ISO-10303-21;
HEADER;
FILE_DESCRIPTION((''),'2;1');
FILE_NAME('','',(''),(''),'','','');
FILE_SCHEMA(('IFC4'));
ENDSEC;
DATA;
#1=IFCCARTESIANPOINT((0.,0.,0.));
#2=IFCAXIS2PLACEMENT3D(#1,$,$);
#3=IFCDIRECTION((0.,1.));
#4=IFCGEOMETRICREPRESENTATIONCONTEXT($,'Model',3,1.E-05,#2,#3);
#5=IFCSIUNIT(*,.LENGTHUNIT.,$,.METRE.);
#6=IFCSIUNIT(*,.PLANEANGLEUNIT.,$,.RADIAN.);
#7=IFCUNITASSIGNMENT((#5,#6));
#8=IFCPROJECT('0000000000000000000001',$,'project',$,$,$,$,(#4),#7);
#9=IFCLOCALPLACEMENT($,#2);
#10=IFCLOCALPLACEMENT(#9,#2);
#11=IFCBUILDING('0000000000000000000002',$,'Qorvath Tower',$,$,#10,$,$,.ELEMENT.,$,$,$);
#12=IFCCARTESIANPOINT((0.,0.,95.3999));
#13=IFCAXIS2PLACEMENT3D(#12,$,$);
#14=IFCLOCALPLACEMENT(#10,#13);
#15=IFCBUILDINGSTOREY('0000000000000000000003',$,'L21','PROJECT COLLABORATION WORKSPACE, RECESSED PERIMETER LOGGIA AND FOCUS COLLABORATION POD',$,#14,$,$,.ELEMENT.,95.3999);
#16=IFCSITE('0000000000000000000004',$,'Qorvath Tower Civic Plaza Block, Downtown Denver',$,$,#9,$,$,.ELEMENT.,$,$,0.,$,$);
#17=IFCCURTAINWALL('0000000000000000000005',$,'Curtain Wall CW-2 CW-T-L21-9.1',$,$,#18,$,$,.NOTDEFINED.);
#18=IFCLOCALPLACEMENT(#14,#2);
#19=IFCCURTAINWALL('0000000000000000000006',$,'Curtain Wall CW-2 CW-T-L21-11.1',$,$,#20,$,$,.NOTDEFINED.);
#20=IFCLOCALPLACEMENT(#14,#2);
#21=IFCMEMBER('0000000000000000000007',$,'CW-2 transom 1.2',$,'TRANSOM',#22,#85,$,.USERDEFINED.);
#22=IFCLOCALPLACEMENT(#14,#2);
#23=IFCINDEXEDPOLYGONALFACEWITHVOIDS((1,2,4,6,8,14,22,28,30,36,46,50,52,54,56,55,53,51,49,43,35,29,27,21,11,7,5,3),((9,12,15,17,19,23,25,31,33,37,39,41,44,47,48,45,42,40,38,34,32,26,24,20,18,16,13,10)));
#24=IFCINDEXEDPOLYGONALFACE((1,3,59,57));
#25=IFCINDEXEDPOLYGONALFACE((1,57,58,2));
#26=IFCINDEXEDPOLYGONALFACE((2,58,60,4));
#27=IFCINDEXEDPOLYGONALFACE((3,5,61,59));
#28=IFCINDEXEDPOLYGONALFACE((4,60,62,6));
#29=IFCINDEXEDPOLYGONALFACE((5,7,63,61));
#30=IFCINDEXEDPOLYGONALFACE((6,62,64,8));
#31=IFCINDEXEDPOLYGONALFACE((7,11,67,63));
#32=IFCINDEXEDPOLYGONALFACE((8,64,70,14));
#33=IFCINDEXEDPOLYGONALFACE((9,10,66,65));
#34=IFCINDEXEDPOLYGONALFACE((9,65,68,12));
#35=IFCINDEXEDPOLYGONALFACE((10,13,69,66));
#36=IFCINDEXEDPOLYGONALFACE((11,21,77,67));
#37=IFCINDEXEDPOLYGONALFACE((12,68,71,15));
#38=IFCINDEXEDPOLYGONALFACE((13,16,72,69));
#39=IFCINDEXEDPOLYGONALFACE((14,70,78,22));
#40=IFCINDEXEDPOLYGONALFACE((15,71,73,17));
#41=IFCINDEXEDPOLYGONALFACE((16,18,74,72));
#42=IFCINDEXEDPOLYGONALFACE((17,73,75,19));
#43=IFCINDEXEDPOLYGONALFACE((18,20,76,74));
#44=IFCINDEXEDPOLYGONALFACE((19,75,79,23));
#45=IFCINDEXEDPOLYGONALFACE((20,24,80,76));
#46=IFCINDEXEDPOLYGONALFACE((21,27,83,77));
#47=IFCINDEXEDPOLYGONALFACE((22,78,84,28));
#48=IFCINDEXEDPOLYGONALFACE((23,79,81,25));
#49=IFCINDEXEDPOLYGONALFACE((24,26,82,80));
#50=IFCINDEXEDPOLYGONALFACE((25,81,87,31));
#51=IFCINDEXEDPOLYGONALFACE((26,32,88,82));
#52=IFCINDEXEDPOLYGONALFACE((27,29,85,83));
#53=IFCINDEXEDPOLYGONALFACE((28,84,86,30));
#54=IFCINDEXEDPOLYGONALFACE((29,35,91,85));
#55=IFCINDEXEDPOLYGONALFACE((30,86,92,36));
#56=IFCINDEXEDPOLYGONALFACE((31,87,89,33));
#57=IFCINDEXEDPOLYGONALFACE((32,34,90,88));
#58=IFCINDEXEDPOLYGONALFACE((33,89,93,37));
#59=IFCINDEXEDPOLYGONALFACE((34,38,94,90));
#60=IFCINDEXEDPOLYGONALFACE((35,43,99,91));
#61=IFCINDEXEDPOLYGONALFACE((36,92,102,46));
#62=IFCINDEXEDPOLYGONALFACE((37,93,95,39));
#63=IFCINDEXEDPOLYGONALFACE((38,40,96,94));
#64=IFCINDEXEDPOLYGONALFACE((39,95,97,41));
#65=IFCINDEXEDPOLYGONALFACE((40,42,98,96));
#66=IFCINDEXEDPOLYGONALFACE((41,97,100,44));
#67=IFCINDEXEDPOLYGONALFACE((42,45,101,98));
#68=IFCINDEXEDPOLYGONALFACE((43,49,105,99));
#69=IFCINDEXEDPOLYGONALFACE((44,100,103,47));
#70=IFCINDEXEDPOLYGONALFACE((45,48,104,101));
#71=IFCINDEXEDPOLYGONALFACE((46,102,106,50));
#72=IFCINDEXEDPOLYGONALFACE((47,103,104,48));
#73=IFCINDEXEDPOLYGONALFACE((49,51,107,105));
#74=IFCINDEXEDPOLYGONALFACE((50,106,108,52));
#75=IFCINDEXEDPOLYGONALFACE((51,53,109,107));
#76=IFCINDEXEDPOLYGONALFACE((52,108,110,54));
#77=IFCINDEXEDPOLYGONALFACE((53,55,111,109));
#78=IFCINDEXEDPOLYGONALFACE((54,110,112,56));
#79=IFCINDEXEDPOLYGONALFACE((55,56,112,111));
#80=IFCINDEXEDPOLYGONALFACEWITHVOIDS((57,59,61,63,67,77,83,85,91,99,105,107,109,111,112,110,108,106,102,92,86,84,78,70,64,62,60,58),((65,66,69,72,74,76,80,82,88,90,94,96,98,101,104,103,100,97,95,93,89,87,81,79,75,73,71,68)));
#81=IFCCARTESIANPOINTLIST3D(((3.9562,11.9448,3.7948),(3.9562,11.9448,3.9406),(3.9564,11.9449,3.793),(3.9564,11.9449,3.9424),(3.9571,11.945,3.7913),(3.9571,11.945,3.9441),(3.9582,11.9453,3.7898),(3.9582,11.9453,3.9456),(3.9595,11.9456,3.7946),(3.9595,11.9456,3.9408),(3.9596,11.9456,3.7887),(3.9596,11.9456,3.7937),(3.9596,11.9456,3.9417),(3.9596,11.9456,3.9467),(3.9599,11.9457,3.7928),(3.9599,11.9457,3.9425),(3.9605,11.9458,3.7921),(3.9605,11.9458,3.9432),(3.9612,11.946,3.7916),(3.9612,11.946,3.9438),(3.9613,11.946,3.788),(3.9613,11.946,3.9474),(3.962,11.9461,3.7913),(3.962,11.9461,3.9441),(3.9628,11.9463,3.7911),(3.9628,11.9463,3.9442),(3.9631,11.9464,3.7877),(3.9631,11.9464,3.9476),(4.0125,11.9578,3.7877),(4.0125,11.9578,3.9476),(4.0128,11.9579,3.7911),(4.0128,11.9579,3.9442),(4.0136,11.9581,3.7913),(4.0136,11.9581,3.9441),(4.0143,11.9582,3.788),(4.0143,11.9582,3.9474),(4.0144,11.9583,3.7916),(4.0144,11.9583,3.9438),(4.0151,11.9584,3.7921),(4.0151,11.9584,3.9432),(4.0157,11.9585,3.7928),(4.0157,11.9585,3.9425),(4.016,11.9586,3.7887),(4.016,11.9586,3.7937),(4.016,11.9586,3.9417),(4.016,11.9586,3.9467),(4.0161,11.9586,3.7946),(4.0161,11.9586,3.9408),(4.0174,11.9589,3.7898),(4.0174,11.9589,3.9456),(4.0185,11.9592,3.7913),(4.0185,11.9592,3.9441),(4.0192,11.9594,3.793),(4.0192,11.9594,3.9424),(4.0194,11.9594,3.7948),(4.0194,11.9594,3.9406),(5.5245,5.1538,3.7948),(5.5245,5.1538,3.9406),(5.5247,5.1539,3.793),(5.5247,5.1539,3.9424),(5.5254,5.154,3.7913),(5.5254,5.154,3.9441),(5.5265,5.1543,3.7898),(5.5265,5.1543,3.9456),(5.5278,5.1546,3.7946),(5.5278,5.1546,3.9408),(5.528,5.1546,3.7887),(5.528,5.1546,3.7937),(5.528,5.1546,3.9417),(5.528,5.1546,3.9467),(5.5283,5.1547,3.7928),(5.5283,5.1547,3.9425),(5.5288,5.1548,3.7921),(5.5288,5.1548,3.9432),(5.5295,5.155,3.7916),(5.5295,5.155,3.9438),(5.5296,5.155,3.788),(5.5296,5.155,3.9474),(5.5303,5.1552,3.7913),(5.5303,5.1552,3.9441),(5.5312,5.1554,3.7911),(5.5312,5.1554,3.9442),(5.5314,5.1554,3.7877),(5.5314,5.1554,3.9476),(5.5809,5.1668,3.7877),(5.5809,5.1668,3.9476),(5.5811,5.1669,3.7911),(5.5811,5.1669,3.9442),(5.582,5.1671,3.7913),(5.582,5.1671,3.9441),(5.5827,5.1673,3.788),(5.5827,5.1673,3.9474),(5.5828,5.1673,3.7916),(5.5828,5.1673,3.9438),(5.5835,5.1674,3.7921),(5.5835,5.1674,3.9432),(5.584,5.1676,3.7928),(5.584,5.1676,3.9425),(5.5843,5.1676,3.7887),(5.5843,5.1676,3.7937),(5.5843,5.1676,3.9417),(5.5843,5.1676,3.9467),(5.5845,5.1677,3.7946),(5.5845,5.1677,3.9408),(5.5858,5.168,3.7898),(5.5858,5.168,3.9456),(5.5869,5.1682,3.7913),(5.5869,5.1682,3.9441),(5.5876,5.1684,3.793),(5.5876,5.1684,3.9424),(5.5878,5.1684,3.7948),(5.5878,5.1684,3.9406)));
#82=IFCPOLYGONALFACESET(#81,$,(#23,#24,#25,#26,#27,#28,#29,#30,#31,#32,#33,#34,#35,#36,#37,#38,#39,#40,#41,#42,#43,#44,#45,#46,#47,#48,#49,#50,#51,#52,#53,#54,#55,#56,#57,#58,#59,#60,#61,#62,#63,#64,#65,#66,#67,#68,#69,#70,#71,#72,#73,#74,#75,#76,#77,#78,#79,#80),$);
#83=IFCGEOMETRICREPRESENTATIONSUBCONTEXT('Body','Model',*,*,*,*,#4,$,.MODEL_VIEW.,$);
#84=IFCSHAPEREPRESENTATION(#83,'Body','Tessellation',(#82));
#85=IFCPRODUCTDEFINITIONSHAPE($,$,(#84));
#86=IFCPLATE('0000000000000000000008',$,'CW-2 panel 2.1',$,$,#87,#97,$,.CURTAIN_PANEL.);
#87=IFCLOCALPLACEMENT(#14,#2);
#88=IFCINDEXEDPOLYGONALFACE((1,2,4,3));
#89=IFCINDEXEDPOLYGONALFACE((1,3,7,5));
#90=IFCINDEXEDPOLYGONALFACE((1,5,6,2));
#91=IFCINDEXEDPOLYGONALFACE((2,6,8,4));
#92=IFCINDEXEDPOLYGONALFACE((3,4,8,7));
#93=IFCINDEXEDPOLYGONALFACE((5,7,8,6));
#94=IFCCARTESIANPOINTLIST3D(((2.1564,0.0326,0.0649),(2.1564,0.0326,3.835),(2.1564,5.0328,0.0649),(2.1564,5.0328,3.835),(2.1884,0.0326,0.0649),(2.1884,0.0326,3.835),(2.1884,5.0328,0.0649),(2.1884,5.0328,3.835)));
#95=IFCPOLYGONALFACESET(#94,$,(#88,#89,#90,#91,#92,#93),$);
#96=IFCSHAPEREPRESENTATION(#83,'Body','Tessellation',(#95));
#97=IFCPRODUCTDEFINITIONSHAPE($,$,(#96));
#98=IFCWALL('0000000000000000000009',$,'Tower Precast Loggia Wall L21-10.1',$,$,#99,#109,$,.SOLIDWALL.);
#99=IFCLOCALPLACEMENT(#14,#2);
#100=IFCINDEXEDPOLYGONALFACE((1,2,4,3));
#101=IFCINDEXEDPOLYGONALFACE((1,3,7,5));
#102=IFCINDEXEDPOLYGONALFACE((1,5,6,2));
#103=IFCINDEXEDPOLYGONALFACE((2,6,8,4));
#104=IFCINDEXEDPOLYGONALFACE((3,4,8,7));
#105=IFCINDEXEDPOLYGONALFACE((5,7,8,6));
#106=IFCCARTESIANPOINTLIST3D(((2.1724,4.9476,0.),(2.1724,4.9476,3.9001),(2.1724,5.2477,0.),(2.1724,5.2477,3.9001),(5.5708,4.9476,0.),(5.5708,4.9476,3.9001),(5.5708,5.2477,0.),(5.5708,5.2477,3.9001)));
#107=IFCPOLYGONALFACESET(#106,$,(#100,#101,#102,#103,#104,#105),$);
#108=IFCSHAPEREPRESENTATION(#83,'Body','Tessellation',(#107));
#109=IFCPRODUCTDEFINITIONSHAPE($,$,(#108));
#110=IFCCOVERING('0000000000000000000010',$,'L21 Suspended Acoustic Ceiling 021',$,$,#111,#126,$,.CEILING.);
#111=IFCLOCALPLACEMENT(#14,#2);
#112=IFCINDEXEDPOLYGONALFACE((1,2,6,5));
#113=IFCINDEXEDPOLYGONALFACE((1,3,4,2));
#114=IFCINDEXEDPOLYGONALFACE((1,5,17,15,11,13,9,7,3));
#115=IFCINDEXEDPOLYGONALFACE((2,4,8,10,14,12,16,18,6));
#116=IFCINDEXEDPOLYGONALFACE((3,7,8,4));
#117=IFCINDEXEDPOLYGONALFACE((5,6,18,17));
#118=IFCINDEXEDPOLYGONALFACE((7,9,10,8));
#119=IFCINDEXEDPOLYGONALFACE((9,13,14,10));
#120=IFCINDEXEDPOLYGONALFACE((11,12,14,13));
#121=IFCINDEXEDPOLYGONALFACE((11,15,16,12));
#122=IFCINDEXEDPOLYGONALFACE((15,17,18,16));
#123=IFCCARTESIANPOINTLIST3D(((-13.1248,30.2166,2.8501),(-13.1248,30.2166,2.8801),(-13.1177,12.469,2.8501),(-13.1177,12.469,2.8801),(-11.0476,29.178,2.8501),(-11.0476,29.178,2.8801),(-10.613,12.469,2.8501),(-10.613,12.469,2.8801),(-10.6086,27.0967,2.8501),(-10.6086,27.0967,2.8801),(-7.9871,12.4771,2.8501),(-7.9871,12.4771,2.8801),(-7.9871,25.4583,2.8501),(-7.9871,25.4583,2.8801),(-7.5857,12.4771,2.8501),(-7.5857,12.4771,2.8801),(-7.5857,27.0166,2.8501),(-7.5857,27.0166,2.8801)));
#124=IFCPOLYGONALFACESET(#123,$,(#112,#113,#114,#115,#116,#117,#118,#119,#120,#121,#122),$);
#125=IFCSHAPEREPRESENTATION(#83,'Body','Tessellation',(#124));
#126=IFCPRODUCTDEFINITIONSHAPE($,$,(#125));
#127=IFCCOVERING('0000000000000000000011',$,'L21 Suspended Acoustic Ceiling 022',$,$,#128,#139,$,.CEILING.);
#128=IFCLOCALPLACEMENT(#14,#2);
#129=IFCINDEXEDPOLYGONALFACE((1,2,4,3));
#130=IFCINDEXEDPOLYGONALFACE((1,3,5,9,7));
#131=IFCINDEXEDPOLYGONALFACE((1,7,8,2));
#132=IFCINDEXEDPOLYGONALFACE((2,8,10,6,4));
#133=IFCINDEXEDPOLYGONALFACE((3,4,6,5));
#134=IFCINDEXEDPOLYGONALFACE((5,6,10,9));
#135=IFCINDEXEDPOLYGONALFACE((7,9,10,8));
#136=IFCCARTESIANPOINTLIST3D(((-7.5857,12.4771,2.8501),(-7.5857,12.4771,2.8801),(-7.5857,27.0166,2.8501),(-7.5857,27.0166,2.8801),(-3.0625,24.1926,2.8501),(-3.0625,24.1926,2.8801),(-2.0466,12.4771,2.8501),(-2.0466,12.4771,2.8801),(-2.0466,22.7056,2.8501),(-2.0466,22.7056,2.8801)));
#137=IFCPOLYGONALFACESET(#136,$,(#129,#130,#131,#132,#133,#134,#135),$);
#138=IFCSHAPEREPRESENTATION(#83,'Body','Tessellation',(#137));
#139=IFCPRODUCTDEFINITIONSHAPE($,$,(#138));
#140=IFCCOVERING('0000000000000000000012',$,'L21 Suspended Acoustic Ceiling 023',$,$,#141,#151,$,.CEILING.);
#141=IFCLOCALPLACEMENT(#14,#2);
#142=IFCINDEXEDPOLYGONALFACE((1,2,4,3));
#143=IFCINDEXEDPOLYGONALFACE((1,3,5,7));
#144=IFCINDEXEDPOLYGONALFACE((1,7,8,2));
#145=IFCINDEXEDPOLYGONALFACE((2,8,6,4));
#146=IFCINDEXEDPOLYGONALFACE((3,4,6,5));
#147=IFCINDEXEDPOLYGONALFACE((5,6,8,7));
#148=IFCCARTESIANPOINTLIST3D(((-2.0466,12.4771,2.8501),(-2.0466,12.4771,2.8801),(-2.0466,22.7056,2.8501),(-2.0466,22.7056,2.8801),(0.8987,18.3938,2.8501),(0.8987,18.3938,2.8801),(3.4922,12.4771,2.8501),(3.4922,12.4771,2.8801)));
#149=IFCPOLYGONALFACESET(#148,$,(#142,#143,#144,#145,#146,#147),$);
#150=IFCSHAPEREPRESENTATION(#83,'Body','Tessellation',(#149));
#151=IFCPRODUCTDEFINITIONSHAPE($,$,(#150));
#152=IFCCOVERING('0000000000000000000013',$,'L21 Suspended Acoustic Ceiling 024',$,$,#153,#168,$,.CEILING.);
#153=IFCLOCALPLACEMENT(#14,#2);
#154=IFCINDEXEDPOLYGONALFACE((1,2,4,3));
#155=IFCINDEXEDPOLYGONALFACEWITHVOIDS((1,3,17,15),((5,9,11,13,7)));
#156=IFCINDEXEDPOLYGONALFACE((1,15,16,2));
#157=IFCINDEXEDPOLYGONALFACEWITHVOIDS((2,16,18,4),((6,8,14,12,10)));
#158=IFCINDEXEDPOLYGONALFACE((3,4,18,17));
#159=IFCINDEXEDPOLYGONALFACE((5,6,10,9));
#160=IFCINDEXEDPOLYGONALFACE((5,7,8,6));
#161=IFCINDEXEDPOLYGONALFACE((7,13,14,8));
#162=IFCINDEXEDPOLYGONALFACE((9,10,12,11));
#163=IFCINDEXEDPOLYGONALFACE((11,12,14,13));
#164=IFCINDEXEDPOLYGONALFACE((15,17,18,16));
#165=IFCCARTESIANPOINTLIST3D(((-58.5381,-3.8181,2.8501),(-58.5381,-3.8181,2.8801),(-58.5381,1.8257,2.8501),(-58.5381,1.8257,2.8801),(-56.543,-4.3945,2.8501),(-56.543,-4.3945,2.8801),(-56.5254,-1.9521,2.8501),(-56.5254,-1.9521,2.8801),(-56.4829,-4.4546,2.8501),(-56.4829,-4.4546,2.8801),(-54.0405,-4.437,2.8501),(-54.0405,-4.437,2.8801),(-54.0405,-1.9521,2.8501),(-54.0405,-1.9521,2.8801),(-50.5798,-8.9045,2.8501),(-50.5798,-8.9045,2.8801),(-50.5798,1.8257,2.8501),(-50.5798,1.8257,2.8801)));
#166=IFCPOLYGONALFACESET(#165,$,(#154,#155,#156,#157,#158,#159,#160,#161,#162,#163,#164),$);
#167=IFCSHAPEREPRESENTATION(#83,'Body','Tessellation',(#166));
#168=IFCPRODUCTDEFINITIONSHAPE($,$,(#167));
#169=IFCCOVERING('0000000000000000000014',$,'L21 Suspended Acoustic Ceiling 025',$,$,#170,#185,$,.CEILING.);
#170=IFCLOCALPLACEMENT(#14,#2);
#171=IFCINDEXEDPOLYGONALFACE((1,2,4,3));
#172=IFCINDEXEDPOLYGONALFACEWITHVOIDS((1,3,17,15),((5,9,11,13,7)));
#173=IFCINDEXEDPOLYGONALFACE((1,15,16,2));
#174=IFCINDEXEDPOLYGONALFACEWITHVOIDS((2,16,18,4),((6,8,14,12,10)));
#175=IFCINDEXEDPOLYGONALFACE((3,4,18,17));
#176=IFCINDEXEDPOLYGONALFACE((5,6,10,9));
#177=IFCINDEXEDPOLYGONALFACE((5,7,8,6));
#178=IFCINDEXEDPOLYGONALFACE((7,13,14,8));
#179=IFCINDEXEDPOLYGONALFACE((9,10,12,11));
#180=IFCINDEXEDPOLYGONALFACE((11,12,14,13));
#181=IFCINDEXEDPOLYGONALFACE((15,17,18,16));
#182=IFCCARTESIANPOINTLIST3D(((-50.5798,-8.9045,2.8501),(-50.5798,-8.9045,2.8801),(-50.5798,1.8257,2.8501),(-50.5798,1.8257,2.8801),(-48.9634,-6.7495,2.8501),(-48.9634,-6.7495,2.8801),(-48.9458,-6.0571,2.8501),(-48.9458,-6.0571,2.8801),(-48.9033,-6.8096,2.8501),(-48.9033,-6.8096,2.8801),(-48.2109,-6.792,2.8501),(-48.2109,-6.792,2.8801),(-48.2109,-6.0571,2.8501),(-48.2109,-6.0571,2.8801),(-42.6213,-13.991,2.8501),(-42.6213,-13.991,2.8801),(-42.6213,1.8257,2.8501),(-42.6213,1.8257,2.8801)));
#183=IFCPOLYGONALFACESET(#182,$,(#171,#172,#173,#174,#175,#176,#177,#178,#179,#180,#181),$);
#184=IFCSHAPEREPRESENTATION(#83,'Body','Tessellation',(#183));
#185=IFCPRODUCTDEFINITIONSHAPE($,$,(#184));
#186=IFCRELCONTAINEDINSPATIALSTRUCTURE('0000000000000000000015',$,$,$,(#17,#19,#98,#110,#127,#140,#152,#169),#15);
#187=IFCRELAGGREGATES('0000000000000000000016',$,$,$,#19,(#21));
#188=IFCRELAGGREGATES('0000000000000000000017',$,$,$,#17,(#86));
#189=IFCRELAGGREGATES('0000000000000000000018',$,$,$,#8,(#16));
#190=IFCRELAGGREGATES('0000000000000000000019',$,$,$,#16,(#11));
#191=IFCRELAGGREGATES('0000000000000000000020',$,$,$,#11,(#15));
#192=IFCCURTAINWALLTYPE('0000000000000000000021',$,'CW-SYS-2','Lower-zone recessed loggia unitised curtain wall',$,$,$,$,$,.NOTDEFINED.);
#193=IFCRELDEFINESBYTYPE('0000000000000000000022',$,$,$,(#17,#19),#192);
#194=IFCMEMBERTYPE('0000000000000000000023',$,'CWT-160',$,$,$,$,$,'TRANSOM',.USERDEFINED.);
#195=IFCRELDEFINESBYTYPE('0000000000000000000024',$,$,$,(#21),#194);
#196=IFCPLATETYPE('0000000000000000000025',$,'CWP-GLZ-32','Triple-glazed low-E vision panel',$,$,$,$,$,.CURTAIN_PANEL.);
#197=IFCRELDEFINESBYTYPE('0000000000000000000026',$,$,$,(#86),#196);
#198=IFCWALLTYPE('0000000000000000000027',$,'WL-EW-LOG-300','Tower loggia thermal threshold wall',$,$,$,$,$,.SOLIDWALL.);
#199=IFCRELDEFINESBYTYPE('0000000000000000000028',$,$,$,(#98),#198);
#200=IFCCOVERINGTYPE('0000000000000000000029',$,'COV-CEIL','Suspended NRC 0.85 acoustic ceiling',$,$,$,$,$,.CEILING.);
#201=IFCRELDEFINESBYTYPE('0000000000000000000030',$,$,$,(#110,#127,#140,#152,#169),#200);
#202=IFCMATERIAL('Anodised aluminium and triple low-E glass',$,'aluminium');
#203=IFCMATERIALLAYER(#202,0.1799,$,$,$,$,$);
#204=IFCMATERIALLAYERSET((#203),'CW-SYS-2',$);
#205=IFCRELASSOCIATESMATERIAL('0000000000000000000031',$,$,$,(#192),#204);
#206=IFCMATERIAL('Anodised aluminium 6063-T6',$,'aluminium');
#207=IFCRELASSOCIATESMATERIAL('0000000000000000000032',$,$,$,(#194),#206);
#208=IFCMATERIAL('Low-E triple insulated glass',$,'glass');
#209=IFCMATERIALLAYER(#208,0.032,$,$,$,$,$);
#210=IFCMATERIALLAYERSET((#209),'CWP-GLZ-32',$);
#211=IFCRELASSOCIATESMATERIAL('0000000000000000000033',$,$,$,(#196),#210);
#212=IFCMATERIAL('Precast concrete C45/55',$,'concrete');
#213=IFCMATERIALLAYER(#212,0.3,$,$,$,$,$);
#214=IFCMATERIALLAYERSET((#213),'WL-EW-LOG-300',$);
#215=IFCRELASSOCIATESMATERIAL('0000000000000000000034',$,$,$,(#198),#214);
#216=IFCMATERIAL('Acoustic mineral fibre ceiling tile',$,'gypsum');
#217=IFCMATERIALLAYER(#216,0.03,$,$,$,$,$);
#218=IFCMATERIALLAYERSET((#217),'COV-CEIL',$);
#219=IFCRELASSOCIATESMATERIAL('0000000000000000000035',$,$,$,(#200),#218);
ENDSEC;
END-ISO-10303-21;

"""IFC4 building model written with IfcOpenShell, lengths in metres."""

from ifc_helpers import new_model, si_unit, direction, frame, frame_2d, origin, origin_2d, place, context, subcontext, project, spatial, polyline, rectangle, hollow_rectangle, outline, extrude, material, layer, layer_set, material_profile, profile_set, type_object, element, aggregate, save


model = new_model("IFC4")

# Units and contexts
model_context = context("Model", 3, precision=1e-05, world=origin(), true_north=direction((0.0, 1.0)))
body_context = subcontext(model_context, "Body", "Model", "MODEL_VIEW")
ifc_project = project(units=[si_unit("LENGTHUNIT", "METRE"), si_unit("PLANEANGLEUNIT", "RADIAN")], contexts=[model_context])

# Site, building, storey
site_placement = place(None, origin())
site = spatial("IfcSite", under=ifc_project, at=site_placement, Name="Qorvath Tower Civic Plaza Block, Downtown Denver", CompositionType="ELEMENT", RefElevation=0.0)
building_placement = place(site_placement, origin())
building = spatial("IfcBuilding", under=site, at=building_placement, Name="Qorvath Tower", CompositionType="ELEMENT")
storey_placement = place(building_placement, frame((0.0, 0.0, 95.3999)))
storey = spatial("IfcBuildingStorey", under=building, at=storey_placement, Name="L21", Description="PROJECT COLLABORATION WORKSPACE, RECESSED PERIMETER LOGGIA AND FOCUS COLLABORATION POD", CompositionType="ELEMENT", Elevation=95.3999)

# Curtain wall
ifc_material_1 = material(Name="Anodised aluminium and triple low-E glass", Category="aluminium")
ifc_layer_1 = layer(ifc_material_1, 0.1799)
ifc_layer_set_1 = layer_set([ifc_layer_1], Name="CW-SYS-2")
curtain_wall_type = type_object("IfcCurtainWallType", Name="CW-SYS-2", Description="Lower-zone recessed loggia unitised curtain wall", PredefinedType="NOTDEFINED", material=ifc_layer_set_1)
curtain_wall_1_placement = place(storey_placement, origin())
curtain_wall_1 = element("IfcCurtainWall", 1, at=curtain_wall_1_placement, inside=storey, type_object=curtain_wall_type, Name="Curtain Wall CW-2 CW-T-L21-9.1", PredefinedType="NOTDEFINED")

# Curtain wall
curtain_wall_2_placement = place(storey_placement, origin())
curtain_wall_2 = element("IfcCurtainWall", 2, at=curtain_wall_2_placement, inside=storey, type_object=curtain_wall_type, Name="Curtain Wall CW-2 CW-T-L21-11.1", PredefinedType="NOTDEFINED")

# Member
ifc_material_2 = material(Name="Anodised aluminium 6063-T6", Category="aluminium")
ifc_material_profile_1 = material_profile(ifc_material_2, hollow_rectangle(XDim=0.0649, YDim=0.1599, WallThickness=0.0034, InnerFilletRadius=0.0034, OuterFilletRadius=0.0071, at=origin_2d()), Name="CWT 160x65")
ifc_profile_set_1 = profile_set([ifc_material_profile_1], Name="Anodised aluminium 6063-T6")
member_type_1 = type_object("IfcMemberType", Name="CWT-160", ElementType="TRANSOM", PredefinedType="USERDEFINED", material=ifc_profile_set_1)
member_1_placement = place(storey_placement, frame((5.5562, 5.1611, 3.8677), z_axis=(-0.225023, 0.974353, 0.0), x_axis=(-0.974353, -0.225023, 0.0)))
member_1 = element("IfcMember", 3, at=member_1_placement, type_object=member_type_1, Name="CW-2 transom 1.2", ObjectType="TRANSOM", PredefinedType="USERDEFINED", context=body_context, shape_type="SweptSolid", body=[
    extrude(hollow_rectangle(XDim=0.0649, YDim=0.1599, WallThickness=0.0034, InnerFilletRadius=0.0034, OuterFilletRadius=0.0071, at=origin_2d()), origin(), (0.0, 0.0, 1.0), 6.9697),
])
aggregate(curtain_wall_2, [member_1])

# Plate
ifc_material_3 = material(Name="Low-E triple insulated glass", Category="glass")
ifc_layer_2 = layer(ifc_material_3, 0.032)
ifc_layer_set_2 = layer_set([ifc_layer_2], Name="CWP-GLZ-32")
plate_type = type_object("IfcPlateType", Name="CWP-GLZ-32", Description="Triple-glazed low-E vision panel", PredefinedType="CURTAIN_PANEL", material=ifc_layer_set_2)
plate_placement = place(storey_placement, frame((2.1724, 2.5327, 0.0649), z_axis=(0.0, 0.0, 1.0), x_axis=(0.0, 1.0, 0.0)))
plate = element("IfcPlate", 4, at=plate_placement, type_object=plate_type, Name="CW-2 panel 2.1", PredefinedType="CURTAIN_PANEL", context=body_context, shape_type="SweptSolid", body=[
    extrude(rectangle(XDim=5.0002, YDim=0.032, at=origin_2d()), origin(), (0.0, 0.0, 1.0), 3.77),
])
aggregate(curtain_wall_1, [plate])

# Wall
ifc_material_4 = material(Name="Precast concrete C45/55", Category="concrete")
ifc_layer_3 = layer(ifc_material_4, 0.3)
ifc_layer_set_3 = layer_set([ifc_layer_3], Name="WL-EW-LOG-300")
wall_type = type_object("IfcWallType", Name="WL-EW-LOG-300", Description="Tower loggia thermal threshold wall", PredefinedType="SOLIDWALL", material=ifc_layer_set_3)
wall_placement = place(storey_placement, frame((2.1724, 5.0977, 0.0), z_axis=(0.0, 0.0, 1.0), x_axis=(1.0, 0.0, 0.0)))
element("IfcWall", 5, at=wall_placement, inside=storey, type_object=wall_type, Name="Tower Precast Loggia Wall L21-10.1", PredefinedType="SOLIDWALL", context=body_context, shape_type="SweptSolid", body=[
    extrude(rectangle(XDim=3.3984, YDim=0.3, at=frame_2d((1.6992, 0.0))), origin(), (0.0, 0.0, 1.0), 3.9001),
])

# Coverings
ifc_material_5 = material(Name="Acoustic mineral fibre ceiling tile", Category="gypsum")
ifc_layer_4 = layer(ifc_material_5, 0.03)
ifc_layer_set_4 = layer_set([ifc_layer_4], Name="COV-CEIL")
covering_type_1 = type_object("IfcCoveringType", Name="COV-CEIL", Description="Suspended NRC 0.85 acoustic ceiling", PredefinedType="CEILING", material=ifc_layer_set_4)
covering_1_placement = place(storey_placement, frame((0.0, 0.0, 2.8501)))
element("IfcCovering", 6, at=covering_1_placement, inside=storey, type_object=covering_type_1, Name="L21 Suspended Acoustic Ceiling 021", PredefinedType="CEILING", context=body_context, shape_type="SweptSolid", body=[
    extrude(outline(polyline([(-7.9871, 12.4771), (-7.5857, 12.4771), (-7.5857, 27.0166), (-11.0476, 29.178), (-13.1248, 30.2166), (-13.1177, 12.469), (-10.613, 12.469), (-10.6086, 27.0967), (-7.9871, 25.4583), (-7.9871, 12.4771)])), origin(), (0.0, 0.0, 1.0), 0.03),
])
covering_2_placement = place(storey_placement, frame((0.0, 0.0, 2.8501)))
element("IfcCovering", 7, at=covering_2_placement, inside=storey, type_object=covering_type_1, Name="L21 Suspended Acoustic Ceiling 022", PredefinedType="CEILING", context=body_context, shape_type="SweptSolid", body=[
    extrude(outline(polyline([(-7.5857, 27.0166), (-7.5857, 12.4771), (-2.0466, 12.4771), (-2.0466, 22.7056), (-3.0625, 24.1926), (-7.5857, 27.0166)])), origin(), (0.0, 0.0, 1.0), 0.03),
])
covering_3_placement = place(storey_placement, frame((0.0, 0.0, 2.8501)))
element("IfcCovering", 8, at=covering_3_placement, inside=storey, type_object=covering_type_1, Name="L21 Suspended Acoustic Ceiling 023", PredefinedType="CEILING", context=body_context, shape_type="SweptSolid", body=[
    extrude(outline(polyline([(-2.0466, 22.7056), (-2.0466, 12.4771), (3.4922, 12.4771), (0.8987, 18.3938), (-2.0466, 22.7056)])), origin(), (0.0, 0.0, 1.0), 0.03),
])
covering_4_placement = place(storey_placement, frame((0.0, 0.0, 2.8501)))
element("IfcCovering", 9, at=covering_4_placement, inside=storey, type_object=covering_type_1, Name="L21 Suspended Acoustic Ceiling 024", PredefinedType="CEILING", context=body_context, shape_type="SweptSolid", body=[
    extrude(outline(polyline([(-58.5381, 1.8257), (-58.5381, -3.8181), (-50.5798, -8.9045), (-50.5798, 1.8257), (-58.5381, 1.8257)]), holes=[polyline([(-56.543, -4.3945), (-56.5254, -1.9521), (-54.0405, -1.9521), (-54.0405, -4.437), (-56.4829, -4.4546), (-56.543, -4.3945)])]), origin(), (0.0, 0.0, 1.0), 0.03),
])
covering_5_placement = place(storey_placement, frame((0.0, 0.0, 2.8501)))
element("IfcCovering", 10, at=covering_5_placement, inside=storey, type_object=covering_type_1, Name="L21 Suspended Acoustic Ceiling 025", PredefinedType="CEILING", context=body_context, shape_type="SweptSolid", body=[
    extrude(outline(polyline([(-50.5798, 1.8257), (-50.5798, -8.9045), (-42.6213, -13.991), (-42.6213, 1.8257), (-50.5798, 1.8257)]), holes=[polyline([(-48.9634, -6.7495), (-48.9458, -6.0571), (-48.2109, -6.0571), (-48.2109, -6.792), (-48.9033, -6.8096), (-48.9634, -6.7495)])]), origin(), (0.0, 0.0, 1.0), 0.03),
])

save(model, "model.ifc")
